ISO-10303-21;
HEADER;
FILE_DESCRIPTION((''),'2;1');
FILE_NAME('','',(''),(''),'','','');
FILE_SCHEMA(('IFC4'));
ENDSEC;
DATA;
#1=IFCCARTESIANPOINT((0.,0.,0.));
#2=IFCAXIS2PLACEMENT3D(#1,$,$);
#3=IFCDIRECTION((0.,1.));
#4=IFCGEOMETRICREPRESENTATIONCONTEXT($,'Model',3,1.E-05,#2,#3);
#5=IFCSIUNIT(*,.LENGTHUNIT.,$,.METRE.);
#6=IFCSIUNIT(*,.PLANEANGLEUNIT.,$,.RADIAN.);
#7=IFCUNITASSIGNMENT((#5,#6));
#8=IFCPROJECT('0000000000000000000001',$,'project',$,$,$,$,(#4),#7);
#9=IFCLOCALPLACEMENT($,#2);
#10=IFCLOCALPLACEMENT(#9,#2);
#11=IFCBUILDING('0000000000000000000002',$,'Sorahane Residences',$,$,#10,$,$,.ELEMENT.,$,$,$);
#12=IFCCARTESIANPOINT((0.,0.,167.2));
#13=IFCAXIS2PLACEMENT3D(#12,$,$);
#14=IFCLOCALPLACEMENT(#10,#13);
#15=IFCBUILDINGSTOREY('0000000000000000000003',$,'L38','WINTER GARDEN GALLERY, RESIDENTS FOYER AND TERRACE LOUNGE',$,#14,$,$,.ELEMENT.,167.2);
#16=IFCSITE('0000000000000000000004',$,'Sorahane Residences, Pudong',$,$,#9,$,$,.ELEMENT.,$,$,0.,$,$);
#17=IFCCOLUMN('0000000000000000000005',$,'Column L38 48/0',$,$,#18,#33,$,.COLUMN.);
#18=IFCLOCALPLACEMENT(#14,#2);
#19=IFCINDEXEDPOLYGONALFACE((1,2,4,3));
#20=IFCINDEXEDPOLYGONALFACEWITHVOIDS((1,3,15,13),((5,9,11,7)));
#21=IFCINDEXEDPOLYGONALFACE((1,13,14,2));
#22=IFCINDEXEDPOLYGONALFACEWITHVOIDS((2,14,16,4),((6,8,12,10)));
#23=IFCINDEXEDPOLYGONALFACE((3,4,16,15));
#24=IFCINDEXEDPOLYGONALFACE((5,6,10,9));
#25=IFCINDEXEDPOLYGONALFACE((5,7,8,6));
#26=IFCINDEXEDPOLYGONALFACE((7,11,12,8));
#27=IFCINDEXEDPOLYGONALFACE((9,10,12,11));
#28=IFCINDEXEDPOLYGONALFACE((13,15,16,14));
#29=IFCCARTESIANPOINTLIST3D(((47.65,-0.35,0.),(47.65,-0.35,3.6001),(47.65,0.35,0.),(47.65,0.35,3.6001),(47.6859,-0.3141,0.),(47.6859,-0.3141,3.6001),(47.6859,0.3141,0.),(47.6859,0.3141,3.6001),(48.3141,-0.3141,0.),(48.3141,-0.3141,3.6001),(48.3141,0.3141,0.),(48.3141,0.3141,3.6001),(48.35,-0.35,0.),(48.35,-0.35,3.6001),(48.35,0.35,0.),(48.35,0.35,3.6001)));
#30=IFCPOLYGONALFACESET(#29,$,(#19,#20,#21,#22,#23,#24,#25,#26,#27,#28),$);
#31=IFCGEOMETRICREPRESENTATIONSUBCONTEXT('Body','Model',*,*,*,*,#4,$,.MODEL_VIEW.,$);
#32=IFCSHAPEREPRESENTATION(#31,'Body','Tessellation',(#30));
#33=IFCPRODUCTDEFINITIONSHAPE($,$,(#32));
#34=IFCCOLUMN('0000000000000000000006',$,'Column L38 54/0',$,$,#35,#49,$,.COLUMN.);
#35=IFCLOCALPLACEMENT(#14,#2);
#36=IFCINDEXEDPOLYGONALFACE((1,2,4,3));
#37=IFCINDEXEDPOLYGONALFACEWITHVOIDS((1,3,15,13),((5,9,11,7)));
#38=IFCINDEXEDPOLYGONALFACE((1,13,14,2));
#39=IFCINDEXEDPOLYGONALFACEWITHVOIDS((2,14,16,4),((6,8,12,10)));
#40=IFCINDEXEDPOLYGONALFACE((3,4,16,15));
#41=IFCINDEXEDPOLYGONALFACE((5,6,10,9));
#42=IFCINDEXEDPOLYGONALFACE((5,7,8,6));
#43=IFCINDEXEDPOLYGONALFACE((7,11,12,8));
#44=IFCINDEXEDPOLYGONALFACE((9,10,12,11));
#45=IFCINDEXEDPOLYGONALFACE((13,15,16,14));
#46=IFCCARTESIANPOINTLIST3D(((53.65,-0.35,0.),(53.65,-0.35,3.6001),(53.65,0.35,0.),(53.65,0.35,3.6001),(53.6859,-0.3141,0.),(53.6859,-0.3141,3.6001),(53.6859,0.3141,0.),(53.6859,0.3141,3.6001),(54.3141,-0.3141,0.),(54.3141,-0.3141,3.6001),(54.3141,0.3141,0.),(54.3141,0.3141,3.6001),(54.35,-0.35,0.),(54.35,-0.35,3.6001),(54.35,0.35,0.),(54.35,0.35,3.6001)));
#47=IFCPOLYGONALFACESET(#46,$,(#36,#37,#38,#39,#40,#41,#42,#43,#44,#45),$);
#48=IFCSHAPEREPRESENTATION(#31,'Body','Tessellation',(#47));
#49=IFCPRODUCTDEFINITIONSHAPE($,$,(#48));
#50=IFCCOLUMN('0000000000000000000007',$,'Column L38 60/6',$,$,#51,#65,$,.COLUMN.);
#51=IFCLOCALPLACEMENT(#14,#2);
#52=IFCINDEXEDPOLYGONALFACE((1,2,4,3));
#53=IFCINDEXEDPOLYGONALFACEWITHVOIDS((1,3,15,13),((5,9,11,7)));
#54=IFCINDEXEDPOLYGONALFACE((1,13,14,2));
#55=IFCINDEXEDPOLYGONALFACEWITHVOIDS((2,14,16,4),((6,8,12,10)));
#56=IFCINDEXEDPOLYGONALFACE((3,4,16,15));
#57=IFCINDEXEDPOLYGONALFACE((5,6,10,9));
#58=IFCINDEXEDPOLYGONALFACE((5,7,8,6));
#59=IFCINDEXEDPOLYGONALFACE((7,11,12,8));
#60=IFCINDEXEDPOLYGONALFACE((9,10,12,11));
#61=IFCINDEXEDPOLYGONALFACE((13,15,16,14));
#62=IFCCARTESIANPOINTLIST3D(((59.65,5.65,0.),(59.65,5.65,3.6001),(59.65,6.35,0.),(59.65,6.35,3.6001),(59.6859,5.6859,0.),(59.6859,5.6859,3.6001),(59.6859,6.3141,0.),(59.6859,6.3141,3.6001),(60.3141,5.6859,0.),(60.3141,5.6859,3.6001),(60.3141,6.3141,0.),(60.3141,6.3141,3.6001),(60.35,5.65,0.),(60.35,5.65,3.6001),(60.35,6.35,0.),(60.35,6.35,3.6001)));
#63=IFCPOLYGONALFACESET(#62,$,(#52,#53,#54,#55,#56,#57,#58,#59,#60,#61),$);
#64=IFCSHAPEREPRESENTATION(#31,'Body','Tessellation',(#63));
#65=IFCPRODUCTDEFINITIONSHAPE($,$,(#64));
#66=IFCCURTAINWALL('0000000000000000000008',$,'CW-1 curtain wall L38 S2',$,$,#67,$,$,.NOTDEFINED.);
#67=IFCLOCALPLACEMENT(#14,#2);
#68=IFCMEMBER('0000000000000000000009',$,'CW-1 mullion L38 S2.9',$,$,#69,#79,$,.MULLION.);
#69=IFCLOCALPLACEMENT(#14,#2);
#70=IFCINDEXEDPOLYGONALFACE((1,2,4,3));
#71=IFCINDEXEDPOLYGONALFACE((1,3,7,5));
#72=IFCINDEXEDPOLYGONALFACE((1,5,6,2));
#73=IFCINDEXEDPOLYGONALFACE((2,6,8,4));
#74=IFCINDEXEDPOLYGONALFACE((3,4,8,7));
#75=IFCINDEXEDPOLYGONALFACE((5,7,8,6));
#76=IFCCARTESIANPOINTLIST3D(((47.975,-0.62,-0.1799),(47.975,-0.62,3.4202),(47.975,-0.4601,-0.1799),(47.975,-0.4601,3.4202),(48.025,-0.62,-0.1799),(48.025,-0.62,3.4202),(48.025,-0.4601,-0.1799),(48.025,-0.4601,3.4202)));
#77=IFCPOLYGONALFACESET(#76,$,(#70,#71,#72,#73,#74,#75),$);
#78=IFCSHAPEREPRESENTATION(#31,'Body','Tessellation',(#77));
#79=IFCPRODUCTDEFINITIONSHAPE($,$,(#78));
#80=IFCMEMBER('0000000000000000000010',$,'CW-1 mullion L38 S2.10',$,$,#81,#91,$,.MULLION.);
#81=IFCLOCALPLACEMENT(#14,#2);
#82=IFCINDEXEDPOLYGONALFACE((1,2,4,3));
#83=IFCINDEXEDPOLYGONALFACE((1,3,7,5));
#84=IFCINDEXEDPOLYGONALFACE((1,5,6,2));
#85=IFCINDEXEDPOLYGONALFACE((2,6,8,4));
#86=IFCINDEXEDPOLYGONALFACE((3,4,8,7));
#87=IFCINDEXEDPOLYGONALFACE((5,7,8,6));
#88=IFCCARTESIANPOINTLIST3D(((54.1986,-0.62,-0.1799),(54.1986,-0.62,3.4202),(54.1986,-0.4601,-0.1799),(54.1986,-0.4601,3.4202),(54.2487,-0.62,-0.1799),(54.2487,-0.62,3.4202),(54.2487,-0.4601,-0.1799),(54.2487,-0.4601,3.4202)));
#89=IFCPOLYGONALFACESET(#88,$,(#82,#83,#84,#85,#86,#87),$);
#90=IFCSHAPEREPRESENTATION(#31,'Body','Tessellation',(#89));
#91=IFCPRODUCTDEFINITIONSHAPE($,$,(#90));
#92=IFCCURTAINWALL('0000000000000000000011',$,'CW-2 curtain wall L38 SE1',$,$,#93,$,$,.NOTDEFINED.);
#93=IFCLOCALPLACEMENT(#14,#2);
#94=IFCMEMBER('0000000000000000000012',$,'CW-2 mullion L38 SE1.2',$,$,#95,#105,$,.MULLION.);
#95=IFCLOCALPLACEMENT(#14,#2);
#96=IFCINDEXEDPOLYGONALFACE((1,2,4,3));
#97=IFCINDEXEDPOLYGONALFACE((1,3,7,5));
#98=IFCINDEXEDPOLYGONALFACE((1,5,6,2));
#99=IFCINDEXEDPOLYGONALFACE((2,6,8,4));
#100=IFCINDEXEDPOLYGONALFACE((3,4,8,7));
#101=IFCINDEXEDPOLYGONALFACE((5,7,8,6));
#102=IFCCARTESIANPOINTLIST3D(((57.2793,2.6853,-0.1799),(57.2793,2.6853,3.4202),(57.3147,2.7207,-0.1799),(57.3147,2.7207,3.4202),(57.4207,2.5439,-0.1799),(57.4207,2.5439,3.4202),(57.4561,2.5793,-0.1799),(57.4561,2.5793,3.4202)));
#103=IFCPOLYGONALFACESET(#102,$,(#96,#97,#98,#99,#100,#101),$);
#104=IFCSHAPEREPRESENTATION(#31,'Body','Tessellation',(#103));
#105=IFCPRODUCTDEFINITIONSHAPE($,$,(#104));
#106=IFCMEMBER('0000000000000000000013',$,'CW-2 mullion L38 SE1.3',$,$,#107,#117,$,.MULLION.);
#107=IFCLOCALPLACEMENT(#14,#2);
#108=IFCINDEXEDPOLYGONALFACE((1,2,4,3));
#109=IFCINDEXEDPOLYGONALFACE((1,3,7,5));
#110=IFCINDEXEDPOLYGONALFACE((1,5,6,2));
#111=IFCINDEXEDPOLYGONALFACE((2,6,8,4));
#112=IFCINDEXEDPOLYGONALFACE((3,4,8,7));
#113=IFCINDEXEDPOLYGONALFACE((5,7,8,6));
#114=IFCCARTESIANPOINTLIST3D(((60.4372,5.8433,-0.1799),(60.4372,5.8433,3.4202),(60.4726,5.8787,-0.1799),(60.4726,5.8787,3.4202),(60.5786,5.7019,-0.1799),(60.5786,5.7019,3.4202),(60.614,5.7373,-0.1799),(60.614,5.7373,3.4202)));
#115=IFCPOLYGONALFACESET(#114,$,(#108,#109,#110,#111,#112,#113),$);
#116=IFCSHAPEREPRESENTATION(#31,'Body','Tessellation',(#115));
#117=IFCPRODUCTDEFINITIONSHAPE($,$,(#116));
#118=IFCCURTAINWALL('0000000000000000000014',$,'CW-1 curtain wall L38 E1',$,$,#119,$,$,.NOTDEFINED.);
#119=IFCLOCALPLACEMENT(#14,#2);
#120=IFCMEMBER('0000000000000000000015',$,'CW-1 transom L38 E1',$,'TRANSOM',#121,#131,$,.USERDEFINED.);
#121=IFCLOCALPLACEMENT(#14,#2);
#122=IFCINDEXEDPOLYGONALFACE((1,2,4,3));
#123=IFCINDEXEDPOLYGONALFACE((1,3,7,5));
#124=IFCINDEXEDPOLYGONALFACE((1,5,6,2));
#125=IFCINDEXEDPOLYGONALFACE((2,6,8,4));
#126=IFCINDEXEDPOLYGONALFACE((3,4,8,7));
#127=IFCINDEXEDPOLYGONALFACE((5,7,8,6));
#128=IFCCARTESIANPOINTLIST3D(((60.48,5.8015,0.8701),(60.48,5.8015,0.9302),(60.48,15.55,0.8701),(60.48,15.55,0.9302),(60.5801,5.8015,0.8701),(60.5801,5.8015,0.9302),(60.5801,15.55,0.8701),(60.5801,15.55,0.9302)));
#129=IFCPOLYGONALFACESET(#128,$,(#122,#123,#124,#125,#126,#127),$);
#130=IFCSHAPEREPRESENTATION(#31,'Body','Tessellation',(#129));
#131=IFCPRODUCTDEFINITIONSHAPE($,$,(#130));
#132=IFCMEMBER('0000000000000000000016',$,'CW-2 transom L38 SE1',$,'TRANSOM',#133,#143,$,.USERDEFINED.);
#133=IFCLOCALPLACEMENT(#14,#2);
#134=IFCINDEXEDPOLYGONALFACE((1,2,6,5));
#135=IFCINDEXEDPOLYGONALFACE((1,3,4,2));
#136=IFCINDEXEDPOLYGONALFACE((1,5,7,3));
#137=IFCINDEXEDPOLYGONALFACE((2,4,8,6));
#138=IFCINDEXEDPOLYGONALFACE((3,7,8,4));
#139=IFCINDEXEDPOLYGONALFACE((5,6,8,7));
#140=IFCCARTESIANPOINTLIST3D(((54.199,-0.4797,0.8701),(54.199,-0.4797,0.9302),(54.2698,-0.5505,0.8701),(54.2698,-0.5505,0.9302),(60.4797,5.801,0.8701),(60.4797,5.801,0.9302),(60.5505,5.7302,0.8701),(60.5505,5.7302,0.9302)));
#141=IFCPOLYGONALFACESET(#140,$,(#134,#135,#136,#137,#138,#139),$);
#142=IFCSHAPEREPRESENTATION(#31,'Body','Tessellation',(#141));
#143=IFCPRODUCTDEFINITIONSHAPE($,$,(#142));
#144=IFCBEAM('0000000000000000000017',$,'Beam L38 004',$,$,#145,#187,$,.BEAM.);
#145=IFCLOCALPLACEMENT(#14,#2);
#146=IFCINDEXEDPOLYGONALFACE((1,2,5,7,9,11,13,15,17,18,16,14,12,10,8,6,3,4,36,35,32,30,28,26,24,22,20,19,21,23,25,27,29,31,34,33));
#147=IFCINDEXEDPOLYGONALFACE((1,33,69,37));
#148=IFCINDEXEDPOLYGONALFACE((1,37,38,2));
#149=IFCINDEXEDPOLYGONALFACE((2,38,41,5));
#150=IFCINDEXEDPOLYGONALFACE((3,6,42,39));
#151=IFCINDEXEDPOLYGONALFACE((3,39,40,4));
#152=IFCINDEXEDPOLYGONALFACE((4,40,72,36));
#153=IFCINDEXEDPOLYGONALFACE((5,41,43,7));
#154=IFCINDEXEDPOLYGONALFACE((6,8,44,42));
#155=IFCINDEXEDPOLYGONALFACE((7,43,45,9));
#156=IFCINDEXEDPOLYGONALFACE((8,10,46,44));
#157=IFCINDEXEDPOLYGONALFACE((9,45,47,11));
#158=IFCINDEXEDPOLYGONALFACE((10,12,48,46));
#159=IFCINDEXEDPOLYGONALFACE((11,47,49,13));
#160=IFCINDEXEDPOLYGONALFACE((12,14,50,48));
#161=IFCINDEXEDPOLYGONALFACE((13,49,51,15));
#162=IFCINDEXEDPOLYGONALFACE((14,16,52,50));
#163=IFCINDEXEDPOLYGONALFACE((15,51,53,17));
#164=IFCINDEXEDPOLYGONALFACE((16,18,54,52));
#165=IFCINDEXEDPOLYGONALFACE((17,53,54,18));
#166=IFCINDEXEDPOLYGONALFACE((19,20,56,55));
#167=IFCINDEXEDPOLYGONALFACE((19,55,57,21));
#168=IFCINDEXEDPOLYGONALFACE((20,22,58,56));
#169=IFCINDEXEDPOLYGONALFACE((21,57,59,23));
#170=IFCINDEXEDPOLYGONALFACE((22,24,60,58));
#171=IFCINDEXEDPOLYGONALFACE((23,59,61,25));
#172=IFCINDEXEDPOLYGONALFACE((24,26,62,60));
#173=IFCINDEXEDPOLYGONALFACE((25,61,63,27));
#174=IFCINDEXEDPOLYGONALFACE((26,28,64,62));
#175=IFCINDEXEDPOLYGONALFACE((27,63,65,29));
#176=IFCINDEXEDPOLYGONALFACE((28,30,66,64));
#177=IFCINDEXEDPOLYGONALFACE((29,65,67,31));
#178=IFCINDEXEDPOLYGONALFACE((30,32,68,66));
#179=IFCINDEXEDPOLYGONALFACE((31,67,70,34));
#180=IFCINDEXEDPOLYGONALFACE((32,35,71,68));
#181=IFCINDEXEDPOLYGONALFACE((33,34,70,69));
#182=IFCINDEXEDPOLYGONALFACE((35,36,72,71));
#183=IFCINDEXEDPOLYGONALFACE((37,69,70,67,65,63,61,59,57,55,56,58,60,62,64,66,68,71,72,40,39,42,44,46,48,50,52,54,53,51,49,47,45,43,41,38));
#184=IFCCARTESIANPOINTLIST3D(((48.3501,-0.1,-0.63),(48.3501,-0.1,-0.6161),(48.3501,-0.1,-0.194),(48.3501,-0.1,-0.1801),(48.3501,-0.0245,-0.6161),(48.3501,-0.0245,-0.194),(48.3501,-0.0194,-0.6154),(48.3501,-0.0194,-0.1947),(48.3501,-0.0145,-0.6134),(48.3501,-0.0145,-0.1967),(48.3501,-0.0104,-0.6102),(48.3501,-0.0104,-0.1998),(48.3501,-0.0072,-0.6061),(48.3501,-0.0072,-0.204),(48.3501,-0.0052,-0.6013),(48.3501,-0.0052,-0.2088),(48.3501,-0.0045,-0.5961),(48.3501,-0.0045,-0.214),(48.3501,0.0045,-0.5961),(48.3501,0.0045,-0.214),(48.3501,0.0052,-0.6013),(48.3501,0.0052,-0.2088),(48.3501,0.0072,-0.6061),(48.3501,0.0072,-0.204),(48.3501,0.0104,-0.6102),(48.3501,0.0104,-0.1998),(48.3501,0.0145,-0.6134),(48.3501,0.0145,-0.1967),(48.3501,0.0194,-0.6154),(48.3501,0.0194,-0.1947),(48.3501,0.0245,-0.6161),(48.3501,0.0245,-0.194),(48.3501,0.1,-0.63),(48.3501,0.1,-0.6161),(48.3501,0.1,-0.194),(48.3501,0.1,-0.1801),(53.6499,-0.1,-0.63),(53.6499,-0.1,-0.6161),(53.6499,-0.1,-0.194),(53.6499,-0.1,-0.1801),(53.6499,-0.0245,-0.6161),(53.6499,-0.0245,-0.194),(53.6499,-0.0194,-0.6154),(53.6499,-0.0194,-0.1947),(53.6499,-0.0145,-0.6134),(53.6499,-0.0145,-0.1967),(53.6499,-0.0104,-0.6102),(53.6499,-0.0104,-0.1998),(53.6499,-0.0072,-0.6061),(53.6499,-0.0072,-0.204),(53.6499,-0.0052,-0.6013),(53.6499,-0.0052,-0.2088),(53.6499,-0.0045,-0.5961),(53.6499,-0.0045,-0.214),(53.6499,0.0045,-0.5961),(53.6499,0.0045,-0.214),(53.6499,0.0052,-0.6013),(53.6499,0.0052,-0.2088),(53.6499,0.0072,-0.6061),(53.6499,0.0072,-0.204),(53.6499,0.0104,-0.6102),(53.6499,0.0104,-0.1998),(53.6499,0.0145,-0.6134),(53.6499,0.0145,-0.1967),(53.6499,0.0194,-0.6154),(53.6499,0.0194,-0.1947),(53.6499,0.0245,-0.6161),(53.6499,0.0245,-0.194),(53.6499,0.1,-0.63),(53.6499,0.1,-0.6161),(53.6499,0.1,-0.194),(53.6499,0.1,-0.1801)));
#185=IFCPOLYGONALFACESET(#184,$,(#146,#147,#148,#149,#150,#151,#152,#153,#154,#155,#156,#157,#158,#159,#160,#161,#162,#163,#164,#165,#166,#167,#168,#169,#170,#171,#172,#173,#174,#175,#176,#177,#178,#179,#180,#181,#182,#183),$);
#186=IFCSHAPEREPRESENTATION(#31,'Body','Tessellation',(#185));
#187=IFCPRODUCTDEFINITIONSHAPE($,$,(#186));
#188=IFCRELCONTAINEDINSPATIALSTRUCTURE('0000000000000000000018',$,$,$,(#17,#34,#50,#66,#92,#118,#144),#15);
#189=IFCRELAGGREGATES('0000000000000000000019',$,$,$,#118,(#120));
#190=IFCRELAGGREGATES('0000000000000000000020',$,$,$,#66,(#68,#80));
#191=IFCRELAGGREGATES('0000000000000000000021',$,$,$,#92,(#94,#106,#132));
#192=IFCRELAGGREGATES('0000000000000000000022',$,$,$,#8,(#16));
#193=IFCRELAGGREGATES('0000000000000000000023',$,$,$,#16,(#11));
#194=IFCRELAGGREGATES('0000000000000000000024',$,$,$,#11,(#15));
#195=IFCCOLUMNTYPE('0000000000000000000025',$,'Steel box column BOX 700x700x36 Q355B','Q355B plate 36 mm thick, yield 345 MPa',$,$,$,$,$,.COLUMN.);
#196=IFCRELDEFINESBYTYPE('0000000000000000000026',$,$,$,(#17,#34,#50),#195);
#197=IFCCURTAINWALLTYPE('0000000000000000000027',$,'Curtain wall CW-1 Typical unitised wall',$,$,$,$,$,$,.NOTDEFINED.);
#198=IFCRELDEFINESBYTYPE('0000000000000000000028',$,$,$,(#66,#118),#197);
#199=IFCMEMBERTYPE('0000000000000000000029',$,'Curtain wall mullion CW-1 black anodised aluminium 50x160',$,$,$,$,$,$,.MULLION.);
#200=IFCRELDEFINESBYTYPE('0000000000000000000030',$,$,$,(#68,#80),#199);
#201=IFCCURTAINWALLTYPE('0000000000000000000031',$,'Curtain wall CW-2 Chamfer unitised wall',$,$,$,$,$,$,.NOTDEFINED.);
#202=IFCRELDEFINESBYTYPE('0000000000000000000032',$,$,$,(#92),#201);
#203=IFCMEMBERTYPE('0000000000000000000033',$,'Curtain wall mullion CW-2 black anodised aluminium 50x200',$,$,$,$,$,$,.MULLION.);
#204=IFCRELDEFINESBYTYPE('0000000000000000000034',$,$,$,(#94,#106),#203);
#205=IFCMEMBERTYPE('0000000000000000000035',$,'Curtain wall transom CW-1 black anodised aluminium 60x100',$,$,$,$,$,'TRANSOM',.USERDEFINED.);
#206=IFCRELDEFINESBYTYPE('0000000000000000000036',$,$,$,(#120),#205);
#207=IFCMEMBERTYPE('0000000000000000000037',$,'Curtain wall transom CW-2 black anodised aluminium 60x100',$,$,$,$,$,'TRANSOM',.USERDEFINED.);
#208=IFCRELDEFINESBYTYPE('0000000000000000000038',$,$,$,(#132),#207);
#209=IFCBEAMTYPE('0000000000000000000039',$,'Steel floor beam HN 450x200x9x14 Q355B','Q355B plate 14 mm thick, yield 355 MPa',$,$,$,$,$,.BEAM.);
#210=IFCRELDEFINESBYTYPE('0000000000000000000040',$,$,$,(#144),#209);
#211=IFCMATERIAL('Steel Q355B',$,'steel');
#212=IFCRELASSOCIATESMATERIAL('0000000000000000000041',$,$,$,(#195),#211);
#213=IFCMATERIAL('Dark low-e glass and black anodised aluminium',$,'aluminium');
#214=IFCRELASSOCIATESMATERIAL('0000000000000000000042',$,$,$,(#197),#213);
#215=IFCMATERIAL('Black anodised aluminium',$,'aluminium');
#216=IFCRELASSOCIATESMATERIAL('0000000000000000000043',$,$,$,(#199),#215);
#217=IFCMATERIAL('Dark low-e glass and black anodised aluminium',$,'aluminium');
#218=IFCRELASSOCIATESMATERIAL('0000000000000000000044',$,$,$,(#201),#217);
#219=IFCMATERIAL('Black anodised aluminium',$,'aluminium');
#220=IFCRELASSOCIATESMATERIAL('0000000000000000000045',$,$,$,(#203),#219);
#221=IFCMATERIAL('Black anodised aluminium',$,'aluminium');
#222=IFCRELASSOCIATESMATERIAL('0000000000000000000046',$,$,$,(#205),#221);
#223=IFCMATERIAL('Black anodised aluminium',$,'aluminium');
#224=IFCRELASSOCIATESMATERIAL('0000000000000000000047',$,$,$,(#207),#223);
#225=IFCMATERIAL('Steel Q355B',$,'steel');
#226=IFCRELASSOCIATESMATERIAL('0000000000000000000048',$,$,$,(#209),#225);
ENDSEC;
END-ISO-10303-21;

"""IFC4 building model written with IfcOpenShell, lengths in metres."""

from ifc_helpers import new_model, si_unit, direction, frame, origin, origin_2d, place, context, subcontext, project, spatial, rectangle, hollow_rectangle, i_section, extrude, material, material_profile, profile_set, type_object, element, aggregate, save


model = new_model("IFC4")

# Units and contexts
model_context = context("Model", 3, precision=1e-05, world=origin(), true_north=direction((0.0, 1.0)))
body_context = subcontext(model_context, "Body", "Model", "MODEL_VIEW")
ifc_project = project(units=[si_unit("LENGTHUNIT", "METRE"), si_unit("PLANEANGLEUNIT", "RADIAN")], contexts=[model_context])

# Site, building, storey
site_placement = place(None, origin())
site = spatial("IfcSite", under=ifc_project, at=site_placement, Name="Sorahane Residences, Pudong", CompositionType="ELEMENT", RefElevation=0.0)
building_placement = place(site_placement, origin())
building = spatial("IfcBuilding", under=site, at=building_placement, Name="Sorahane Residences", CompositionType="ELEMENT")
storey_placement = place(building_placement, frame((0.0, 0.0, 167.2)))
storey = spatial("IfcBuildingStorey", under=building, at=storey_placement, Name="L38", Description="WINTER GARDEN GALLERY, RESIDENTS FOYER AND TERRACE LOUNGE", CompositionType="ELEMENT", Elevation=167.2)

# Columns
ifc_material_1 = material(Name="Steel Q355B", Category="steel")
ifc_material_profile_1 = material_profile(ifc_material_1, hollow_rectangle(XDim=0.7, YDim=0.7, WallThickness=0.0359, at=origin_2d()), Name="BOX 700x700x36")
ifc_profile_set_1 = profile_set([ifc_material_profile_1], Name="Steel Q355B")
column_type = type_object("IfcColumnType", Name="Steel box column BOX 700x700x36 Q355B", Description="Q355B plate 36 mm thick, yield 345 MPa", PredefinedType="COLUMN", material=ifc_profile_set_1)
for number, where, z_axis, x_axis, name in (
    (1, (48.0, 0.0, 0.0), (0.0, 0.0, 1.0), (1.0, 0.0, 0.0), "Column L38 48/0"),
    (2, (54.0, 0.0, 0.0), (0.0, 0.0, 1.0), (1.0, 0.0, 0.0), "Column L38 54/0"),
    (3, (60.0, 6.0, 0.0), (0.0, 0.0, 1.0), (1.0, 0.0, 0.0), "Column L38 60/6"),
):
    element("IfcColumn", number, at=place(storey_placement, frame(where, z_axis=z_axis, x_axis=x_axis)), inside=storey, type_object=column_type, Name=name, PredefinedType="COLUMN", context=body_context, shape_type="SweptSolid", body=[
        extrude(hollow_rectangle(XDim=0.7, YDim=0.7, WallThickness=0.0359, at=origin_2d()), origin(), (0.0, 0.0, 1.0), 3.6001),
    ])

# Curtain walls, members
ifc_material_2 = material(Name="Dark low-e glass and black anodised aluminium", Category="aluminium")
curtain_wall_type_1 = type_object("IfcCurtainWallType", Name="Curtain wall CW-1 Typical unitised wall", PredefinedType="NOTDEFINED", material=ifc_material_2)
curtain_wall_1_placement = place(storey_placement, origin())
curtain_wall_1 = element("IfcCurtainWall", 4, at=curtain_wall_1_placement, inside=storey, type_object=curtain_wall_type_1, Name="CW-1 curtain wall L38 S2", PredefinedType="NOTDEFINED")
ifc_material_3 = material(Name="Black anodised aluminium", Category="aluminium")
ifc_material_profile_2 = material_profile(ifc_material_3, rectangle(XDim=0.1599, YDim=0.05, at=origin_2d()), Name="Curtain wall mullion CW-1 black anodised aluminium 50x160")
ifc_profile_set_2 = profile_set([ifc_material_profile_2], Name="Black anodised aluminium")
member_type_1 = type_object("IfcMemberType", Name="Curtain wall mullion CW-1 black anodised aluminium 50x160", PredefinedType="MULLION", material=ifc_profile_set_2)
member_1_placement = place(storey_placement, frame((48.0, -0.54, -0.1799), z_axis=(0.0, 0.0, 1.0), x_axis=(0.0, -1.0, 0.0)))
member_1 = element("IfcMember", 5, at=member_1_placement, type_object=member_type_1, Name="CW-1 mullion L38 S2.9", PredefinedType="MULLION", context=body_context, shape_type="SweptSolid", body=[
    extrude(rectangle(XDim=0.1599, YDim=0.05, at=origin_2d()), origin(), (0.0, 0.0, 1.0), 3.6001),
])
member_2_placement = place(storey_placement, frame((54.2236, -0.54, -0.1799), z_axis=(0.0, 0.0, 1.0), x_axis=(0.0, -1.0, 0.0)))
member_2 = element("IfcMember", 6, at=member_2_placement, type_object=member_type_1, Name="CW-1 mullion L38 S2.10", PredefinedType="MULLION", context=body_context, shape_type="SweptSolid", body=[
    extrude(rectangle(XDim=0.1599, YDim=0.05, at=origin_2d()), origin(), (0.0, 0.0, 1.0), 3.6001),
])
ifc_material_4 = material(Name="Dark low-e glass and black anodised aluminium", Category="aluminium")
curtain_wall_type_2 = type_object("IfcCurtainWallType", Name="Curtain wall CW-2 Chamfer unitised wall", PredefinedType="NOTDEFINED", material=ifc_material_4)
curtain_wall_2_placement = place(storey_placement, origin())
curtain_wall_2 = element("IfcCurtainWall", 7, at=curtain_wall_2_placement, inside=storey, type_object=curtain_wall_type_2, Name="CW-2 curtain wall L38 SE1", PredefinedType="NOTDEFINED")
ifc_material_5 = material(Name="Black anodised aluminium", Category="aluminium")
ifc_material_profile_3 = material_profile(ifc_material_5, rectangle(XDim=0.2, YDim=0.05, at=origin_2d()), Name="Curtain wall mullion CW-2 black anodised aluminium 50x200")
ifc_profile_set_3 = profile_set([ifc_material_profile_3], Name="Black anodised aluminium")
member_type_2 = type_object("IfcMemberType", Name="Curtain wall mullion CW-2 black anodised aluminium 50x200", PredefinedType="MULLION", material=ifc_profile_set_3)
member_3_placement = place(storey_placement, frame((57.3677, 2.6323, -0.1799), z_axis=(0.0, 0.0, 1.0), x_axis=(0.707107, -0.707107, 0.0)))
member_3 = element("IfcMember", 8, at=member_3_placement, type_object=member_type_2, Name="CW-2 mullion L38 SE1.2", PredefinedType="MULLION", context=body_context, shape_type="SweptSolid", body=[
    extrude(rectangle(XDim=0.2, YDim=0.05, at=origin_2d()), origin(), (0.0, 0.0, 1.0), 3.6001),
])
member_4_placement = place(storey_placement, frame((60.5256, 5.7903, -0.1799), z_axis=(0.0, 0.0, 1.0), x_axis=(0.707107, -0.707107, 0.0)))
member_4 = element("IfcMember", 9, at=member_4_placement, type_object=member_type_2, Name="CW-2 mullion L38 SE1.3", PredefinedType="MULLION", context=body_context, shape_type="SweptSolid", body=[
    extrude(rectangle(XDim=0.2, YDim=0.05, at=origin_2d()), origin(), (0.0, 0.0, 1.0), 3.6001),
])

# Curtain wall, member
curtain_wall_3_placement = place(storey_placement, origin())
curtain_wall_3 = element("IfcCurtainWall", 10, at=curtain_wall_3_placement, inside=storey, type_object=curtain_wall_type_1, Name="CW-1 curtain wall L38 E1", PredefinedType="NOTDEFINED")
ifc_material_6 = material(Name="Black anodised aluminium", Category="aluminium")
ifc_material_profile_4 = material_profile(ifc_material_6, rectangle(XDim=0.1001, YDim=0.0601, at=origin_2d()), Name="Curtain wall transom CW-1 black anodised aluminium 60x100")
ifc_profile_set_4 = profile_set([ifc_material_profile_4], Name="Black anodised aluminium")
member_type_3 = type_object("IfcMemberType", Name="Curtain wall transom CW-1 black anodised aluminium 60x100", ElementType="TRANSOM", PredefinedType="USERDEFINED", material=ifc_profile_set_4)
member_5_placement = place(storey_placement, frame((60.53, 5.8015, 0.9001), z_axis=(0.0, 1.0, 0.0), x_axis=(-1.0, 0.0, 0.0)))
member_5 = element("IfcMember", 11, at=member_5_placement, type_object=member_type_3, Name="CW-1 transom L38 E1", ObjectType="TRANSOM", PredefinedType="USERDEFINED", context=body_context, shape_type="SweptSolid", body=[
    extrude(rectangle(XDim=0.1001, YDim=0.0601, at=origin_2d()), origin(), (0.0, 0.0, 1.0), 9.7485),
])

# Member
ifc_material_7 = material(Name="Black anodised aluminium", Category="aluminium")
ifc_material_profile_5 = material_profile(ifc_material_7, rectangle(XDim=0.1001, YDim=0.0601, at=origin_2d()), Name="Curtain wall transom CW-2 black anodised aluminium 60x100")
ifc_profile_set_5 = profile_set([ifc_material_profile_5], Name="Black anodised aluminium")
member_type_4 = type_object("IfcMemberType", Name="Curtain wall transom CW-2 black anodised aluminium 60x100", ElementType="TRANSOM", PredefinedType="USERDEFINED", material=ifc_profile_set_5)
member_6_placement = place(storey_placement, frame((54.2344, -0.5151, 0.9001), z_axis=(0.707107, 0.707107, 0.0), x_axis=(-0.707107, 0.707107, 0.0)))
member_6 = element("IfcMember", 12, at=member_6_placement, type_object=member_type_4, Name="CW-2 transom L38 SE1", ObjectType="TRANSOM", PredefinedType="USERDEFINED", context=body_context, shape_type="SweptSolid", body=[
    extrude(rectangle(XDim=0.1001, YDim=0.0601, at=origin_2d()), origin(), (0.0, 0.0, 1.0), 8.8823),
])

# Beam
ifc_material_8 = material(Name="Steel Q355B", Category="steel")
ifc_material_profile_6 = material_profile(ifc_material_8, i_section(OverallWidth=0.2, OverallDepth=0.45, WebThickness=0.009, FlangeThickness=0.0139, FilletRadius=0.02, at=origin_2d()), Name="HN 450x200x9x14")
ifc_profile_set_6 = profile_set([ifc_material_profile_6], Name="Steel Q355B")
beam_type_1 = type_object("IfcBeamType", Name="Steel floor beam HN 450x200x9x14 Q355B", Description="Q355B plate 14 mm thick, yield 355 MPa", PredefinedType="BEAM", material=ifc_profile_set_6)
for number, where, z_axis, x_axis, name in (
    (13, (48.3501, 0.0, -0.405), (1.0, 0.0, 0.0), (0.0, 1.0, 0.0), "Beam L38 004"),
):
    element("IfcBeam", number, at=place(storey_placement, frame(where, z_axis=z_axis, x_axis=x_axis)), inside=storey, type_object=beam_type_1, Name=name, PredefinedType="BEAM", context=body_context, shape_type="SweptSolid", body=[
        extrude(i_section(OverallWidth=0.2, OverallDepth=0.45, WebThickness=0.009, FlangeThickness=0.0139, FilletRadius=0.02, at=origin_2d()), origin(), (0.0, 0.0, 1.0), 5.2998),
    ])

aggregate(curtain_wall_3, [member_5])
aggregate(curtain_wall_1, [member_1, member_2])
aggregate(curtain_wall_2, [member_3, member_4, member_6])

save(model, "model.ifc")
